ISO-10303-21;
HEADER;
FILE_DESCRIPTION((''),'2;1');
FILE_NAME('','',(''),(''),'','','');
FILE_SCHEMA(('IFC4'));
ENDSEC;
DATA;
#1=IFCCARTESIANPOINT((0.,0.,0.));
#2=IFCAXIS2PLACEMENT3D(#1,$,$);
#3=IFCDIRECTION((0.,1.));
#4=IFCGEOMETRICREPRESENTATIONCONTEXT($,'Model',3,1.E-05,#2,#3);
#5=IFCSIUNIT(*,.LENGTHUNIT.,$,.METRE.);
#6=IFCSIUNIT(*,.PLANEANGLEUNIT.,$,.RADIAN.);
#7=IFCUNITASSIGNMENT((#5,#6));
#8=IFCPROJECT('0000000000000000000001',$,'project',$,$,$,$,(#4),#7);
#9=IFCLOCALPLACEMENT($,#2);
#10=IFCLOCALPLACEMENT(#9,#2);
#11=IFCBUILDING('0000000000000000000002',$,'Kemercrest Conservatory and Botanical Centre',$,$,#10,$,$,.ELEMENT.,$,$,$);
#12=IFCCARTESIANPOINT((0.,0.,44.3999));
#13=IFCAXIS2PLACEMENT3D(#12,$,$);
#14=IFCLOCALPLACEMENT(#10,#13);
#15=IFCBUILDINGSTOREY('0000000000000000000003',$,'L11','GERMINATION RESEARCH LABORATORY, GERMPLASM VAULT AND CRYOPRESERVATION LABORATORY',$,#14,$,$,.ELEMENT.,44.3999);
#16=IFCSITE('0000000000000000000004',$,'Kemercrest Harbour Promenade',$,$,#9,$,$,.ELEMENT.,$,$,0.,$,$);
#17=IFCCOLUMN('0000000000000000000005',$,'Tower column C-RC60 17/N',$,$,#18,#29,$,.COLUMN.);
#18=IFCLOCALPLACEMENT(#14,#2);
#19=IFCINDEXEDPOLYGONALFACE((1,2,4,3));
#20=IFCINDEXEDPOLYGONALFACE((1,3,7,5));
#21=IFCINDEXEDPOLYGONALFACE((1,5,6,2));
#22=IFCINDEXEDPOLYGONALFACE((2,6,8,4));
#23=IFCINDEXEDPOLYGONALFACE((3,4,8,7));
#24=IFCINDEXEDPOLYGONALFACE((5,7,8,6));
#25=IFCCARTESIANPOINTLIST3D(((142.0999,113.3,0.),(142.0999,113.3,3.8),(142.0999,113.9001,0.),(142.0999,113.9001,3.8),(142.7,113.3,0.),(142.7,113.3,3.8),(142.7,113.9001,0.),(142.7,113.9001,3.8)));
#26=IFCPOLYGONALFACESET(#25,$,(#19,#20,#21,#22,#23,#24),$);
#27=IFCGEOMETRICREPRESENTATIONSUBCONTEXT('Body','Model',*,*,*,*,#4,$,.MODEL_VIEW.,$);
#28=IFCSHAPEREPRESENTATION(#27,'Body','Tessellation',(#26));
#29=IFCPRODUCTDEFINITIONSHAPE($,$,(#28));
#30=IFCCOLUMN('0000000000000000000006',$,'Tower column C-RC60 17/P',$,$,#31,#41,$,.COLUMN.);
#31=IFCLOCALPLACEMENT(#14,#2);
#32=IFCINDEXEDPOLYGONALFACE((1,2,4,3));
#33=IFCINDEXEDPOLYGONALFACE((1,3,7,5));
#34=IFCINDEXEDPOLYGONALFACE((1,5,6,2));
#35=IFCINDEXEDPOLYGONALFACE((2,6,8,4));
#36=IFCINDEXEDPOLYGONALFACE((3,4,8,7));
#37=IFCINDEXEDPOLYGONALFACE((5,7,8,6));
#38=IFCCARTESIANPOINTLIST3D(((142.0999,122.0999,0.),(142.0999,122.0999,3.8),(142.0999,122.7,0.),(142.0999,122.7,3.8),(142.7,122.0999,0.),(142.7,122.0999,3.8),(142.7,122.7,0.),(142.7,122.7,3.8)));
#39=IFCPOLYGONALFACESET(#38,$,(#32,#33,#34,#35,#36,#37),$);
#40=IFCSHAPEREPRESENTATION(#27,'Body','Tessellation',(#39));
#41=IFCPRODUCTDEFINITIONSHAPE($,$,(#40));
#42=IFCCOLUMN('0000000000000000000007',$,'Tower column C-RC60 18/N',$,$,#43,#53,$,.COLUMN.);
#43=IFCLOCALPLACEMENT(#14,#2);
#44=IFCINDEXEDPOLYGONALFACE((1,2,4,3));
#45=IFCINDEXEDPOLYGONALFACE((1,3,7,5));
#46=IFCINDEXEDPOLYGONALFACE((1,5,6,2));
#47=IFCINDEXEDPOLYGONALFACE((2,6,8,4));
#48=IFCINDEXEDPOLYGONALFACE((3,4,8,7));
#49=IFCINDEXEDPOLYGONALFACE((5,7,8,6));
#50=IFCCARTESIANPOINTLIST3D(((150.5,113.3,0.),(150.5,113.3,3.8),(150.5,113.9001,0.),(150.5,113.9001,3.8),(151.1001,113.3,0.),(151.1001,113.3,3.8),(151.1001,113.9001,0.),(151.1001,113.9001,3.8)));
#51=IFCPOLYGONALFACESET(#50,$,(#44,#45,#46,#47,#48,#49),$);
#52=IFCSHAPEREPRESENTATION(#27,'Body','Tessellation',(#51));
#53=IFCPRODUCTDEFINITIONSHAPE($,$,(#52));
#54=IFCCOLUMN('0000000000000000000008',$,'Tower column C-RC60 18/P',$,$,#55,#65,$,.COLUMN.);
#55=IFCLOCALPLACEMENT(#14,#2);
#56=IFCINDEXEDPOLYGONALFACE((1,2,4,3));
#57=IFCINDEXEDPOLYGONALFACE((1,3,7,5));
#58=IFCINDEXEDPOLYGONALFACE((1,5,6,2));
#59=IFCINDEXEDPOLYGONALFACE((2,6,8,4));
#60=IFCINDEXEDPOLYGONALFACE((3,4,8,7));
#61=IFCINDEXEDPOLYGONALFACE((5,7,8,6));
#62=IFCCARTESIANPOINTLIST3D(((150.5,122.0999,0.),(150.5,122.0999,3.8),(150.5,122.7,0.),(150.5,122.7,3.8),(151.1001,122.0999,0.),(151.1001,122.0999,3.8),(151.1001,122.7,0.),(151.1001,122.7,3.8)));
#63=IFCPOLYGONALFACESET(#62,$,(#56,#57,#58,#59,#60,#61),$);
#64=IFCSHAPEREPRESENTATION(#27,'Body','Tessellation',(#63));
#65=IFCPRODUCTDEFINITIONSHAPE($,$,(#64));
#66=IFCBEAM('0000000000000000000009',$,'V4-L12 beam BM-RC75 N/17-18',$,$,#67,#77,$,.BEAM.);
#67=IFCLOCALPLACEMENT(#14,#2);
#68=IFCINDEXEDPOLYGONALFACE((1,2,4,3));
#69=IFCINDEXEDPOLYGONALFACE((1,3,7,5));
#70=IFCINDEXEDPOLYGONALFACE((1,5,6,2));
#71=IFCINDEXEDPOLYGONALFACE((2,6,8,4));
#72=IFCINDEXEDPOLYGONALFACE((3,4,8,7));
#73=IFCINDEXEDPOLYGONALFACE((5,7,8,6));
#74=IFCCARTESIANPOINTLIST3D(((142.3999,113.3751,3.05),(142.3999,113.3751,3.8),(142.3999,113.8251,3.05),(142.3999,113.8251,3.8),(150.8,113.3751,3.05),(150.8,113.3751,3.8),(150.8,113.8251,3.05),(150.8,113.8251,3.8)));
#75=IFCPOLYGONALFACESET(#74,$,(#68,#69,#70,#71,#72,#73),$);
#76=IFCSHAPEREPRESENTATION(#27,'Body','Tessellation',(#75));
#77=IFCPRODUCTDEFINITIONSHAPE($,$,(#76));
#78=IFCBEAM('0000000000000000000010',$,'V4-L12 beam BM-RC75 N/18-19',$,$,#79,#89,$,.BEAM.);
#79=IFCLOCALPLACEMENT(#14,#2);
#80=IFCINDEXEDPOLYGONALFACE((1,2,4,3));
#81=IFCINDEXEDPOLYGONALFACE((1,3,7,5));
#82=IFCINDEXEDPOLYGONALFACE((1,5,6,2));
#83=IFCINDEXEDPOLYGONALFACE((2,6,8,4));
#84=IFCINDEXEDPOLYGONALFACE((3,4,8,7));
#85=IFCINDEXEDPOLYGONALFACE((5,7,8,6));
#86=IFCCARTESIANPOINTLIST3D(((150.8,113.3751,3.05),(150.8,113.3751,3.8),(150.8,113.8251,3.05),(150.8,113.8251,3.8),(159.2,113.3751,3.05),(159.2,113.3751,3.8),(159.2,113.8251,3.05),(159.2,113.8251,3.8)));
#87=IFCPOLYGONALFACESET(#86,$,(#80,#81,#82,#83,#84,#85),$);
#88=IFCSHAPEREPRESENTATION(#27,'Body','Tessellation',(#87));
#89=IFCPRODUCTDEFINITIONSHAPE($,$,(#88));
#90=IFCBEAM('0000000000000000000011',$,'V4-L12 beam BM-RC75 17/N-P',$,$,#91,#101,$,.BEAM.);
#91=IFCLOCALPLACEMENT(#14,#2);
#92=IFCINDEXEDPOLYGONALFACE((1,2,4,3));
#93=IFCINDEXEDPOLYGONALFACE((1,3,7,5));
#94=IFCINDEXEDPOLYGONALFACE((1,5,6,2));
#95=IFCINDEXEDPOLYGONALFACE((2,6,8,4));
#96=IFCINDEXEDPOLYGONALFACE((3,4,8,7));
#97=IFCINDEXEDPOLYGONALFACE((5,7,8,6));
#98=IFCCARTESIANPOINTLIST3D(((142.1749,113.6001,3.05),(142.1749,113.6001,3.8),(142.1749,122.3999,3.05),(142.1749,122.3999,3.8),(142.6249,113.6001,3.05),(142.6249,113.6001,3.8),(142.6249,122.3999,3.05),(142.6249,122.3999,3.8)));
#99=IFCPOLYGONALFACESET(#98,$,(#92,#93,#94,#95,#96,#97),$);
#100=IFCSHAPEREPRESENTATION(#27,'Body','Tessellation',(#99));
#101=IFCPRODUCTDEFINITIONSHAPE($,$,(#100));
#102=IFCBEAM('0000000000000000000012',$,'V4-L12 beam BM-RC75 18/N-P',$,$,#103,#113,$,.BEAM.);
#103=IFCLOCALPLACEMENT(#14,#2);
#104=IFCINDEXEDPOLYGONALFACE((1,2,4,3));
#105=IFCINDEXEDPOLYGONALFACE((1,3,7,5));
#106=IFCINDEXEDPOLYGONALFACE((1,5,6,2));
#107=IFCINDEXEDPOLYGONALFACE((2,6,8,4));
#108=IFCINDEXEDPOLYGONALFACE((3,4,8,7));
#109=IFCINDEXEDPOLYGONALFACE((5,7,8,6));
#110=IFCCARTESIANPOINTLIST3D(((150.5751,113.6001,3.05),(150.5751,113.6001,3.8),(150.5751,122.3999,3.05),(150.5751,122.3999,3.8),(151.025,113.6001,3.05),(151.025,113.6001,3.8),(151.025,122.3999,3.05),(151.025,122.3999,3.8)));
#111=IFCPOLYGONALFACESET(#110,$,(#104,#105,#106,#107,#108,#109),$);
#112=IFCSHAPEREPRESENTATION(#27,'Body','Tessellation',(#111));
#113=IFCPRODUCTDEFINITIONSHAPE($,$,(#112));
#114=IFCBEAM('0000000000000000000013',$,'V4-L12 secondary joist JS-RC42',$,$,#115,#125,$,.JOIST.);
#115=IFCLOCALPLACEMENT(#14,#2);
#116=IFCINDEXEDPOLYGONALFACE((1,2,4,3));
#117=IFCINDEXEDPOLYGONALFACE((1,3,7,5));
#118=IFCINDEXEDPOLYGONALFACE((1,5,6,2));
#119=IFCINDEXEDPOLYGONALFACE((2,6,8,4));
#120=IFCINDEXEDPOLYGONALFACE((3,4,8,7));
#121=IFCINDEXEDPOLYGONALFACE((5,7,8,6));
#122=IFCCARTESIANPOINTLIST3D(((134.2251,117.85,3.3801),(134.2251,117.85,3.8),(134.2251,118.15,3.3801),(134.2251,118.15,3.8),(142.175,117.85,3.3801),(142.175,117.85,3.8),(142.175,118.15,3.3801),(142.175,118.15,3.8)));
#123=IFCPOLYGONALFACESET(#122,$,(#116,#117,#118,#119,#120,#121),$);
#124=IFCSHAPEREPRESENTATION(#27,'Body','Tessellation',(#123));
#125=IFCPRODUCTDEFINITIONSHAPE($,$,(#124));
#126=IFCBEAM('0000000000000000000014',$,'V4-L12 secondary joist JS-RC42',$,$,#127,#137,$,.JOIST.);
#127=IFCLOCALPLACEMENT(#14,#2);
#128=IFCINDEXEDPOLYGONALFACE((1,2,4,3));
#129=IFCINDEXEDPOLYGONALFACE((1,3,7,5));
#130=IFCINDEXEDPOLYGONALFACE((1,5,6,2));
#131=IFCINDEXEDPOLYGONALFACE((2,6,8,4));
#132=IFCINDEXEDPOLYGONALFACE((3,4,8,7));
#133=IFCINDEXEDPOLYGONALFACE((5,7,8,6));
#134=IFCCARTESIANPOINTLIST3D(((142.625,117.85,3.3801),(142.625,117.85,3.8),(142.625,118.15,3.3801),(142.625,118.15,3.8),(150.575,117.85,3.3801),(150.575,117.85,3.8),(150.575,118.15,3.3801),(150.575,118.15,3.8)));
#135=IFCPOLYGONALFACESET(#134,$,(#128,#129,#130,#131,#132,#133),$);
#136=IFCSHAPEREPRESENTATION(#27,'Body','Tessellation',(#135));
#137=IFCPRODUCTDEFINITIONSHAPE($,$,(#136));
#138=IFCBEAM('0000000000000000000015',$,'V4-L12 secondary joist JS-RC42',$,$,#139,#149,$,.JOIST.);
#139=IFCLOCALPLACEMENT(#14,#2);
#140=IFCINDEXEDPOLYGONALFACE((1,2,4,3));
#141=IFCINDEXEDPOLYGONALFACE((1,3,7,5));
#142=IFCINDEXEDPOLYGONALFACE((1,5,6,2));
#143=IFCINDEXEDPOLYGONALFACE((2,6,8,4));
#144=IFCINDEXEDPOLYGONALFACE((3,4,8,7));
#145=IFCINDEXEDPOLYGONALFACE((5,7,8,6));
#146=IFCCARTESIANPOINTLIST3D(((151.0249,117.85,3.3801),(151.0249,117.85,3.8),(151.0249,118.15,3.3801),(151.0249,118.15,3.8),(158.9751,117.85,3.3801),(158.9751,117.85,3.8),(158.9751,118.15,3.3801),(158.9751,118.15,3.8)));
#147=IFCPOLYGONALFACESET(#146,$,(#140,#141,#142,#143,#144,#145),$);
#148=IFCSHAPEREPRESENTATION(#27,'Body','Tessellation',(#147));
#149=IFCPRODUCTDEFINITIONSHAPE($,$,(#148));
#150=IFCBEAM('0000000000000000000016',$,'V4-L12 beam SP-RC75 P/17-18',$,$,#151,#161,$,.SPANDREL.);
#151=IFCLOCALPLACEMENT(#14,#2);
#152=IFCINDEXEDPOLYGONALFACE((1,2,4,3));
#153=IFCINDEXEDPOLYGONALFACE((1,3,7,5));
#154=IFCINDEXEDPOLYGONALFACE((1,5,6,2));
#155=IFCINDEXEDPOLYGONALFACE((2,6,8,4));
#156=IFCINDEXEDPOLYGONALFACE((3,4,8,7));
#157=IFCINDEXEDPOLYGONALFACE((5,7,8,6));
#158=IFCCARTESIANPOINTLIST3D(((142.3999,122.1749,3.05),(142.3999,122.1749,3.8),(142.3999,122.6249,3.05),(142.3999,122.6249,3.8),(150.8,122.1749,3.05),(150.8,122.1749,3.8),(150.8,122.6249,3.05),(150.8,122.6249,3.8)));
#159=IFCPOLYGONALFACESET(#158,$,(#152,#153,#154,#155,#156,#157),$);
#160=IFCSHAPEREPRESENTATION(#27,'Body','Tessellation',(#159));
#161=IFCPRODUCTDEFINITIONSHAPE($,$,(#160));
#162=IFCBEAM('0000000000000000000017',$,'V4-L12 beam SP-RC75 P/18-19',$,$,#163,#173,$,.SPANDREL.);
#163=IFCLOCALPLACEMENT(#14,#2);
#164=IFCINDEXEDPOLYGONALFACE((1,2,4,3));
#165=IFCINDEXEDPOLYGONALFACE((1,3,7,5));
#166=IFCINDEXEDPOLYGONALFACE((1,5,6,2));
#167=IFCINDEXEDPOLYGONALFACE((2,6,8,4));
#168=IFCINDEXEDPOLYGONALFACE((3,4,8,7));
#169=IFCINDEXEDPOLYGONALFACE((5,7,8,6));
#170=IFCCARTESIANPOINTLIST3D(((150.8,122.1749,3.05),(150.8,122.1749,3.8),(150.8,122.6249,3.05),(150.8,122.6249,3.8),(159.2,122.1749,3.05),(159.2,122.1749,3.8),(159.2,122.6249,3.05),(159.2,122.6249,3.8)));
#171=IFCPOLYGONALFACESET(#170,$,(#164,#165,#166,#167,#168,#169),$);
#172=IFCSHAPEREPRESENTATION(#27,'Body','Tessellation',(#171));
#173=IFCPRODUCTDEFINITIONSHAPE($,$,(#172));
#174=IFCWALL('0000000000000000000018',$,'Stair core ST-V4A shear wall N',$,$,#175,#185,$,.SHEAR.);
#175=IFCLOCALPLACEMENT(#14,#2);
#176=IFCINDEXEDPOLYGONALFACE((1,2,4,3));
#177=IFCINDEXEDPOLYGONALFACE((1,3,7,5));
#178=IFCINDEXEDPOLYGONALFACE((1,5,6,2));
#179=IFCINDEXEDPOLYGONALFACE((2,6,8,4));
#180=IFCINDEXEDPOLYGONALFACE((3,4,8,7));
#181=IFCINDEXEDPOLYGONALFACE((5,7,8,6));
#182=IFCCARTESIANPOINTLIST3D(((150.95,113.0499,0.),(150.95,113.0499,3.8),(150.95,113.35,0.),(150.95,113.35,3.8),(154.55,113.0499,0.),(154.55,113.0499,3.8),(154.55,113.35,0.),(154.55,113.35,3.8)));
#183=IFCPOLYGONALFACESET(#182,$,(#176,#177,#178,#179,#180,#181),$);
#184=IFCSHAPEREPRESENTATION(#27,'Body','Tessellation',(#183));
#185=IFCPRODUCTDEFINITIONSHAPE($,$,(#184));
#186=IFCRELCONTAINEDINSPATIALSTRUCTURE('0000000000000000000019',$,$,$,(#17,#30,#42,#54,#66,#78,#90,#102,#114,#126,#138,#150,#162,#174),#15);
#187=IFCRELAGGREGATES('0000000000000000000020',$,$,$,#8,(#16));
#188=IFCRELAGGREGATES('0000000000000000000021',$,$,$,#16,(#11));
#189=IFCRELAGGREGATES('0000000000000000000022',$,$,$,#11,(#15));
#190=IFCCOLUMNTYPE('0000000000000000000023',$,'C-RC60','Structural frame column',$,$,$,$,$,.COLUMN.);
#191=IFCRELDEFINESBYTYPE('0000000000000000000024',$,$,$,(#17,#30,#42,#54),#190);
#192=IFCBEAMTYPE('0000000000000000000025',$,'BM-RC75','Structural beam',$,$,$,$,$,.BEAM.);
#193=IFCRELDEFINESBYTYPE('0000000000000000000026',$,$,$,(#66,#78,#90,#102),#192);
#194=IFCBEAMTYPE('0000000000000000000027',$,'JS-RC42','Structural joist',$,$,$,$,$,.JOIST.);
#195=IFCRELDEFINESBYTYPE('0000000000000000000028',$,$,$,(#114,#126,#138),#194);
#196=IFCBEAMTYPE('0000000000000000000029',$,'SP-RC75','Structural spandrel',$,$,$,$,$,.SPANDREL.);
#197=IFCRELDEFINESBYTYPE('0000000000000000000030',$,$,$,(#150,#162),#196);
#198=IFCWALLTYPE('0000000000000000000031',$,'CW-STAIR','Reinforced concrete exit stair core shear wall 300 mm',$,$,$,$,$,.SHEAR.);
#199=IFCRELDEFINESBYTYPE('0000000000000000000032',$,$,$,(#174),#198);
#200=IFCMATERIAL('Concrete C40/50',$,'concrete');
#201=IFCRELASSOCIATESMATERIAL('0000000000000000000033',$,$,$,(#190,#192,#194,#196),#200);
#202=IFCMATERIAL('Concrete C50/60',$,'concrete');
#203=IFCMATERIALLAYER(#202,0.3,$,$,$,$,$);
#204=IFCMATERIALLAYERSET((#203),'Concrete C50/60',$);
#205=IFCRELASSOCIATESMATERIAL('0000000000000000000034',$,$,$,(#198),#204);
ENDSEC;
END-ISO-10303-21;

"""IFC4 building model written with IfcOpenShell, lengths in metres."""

from ifc_helpers import new_model, si_unit, direction, frame, frame_2d, origin, origin_2d, place, context, subcontext, project, spatial, rectangle, extrude, material, layer, layer_set, material_profile, profile_set, type_object, element, save


model = new_model("IFC4")

# Units and contexts
model_context = context("Model", 3, precision=1e-05, world=origin(), true_north=direction((0.0, 1.0)))
body_context = subcontext(model_context, "Body", "Model", "MODEL_VIEW")
ifc_project = project(units=[si_unit("LENGTHUNIT", "METRE"), si_unit("PLANEANGLEUNIT", "RADIAN")], contexts=[model_context])

# Site, building, storey
site_placement = place(None, origin())
site = spatial("IfcSite", under=ifc_project, at=site_placement, Name="Kemercrest Harbour Promenade", CompositionType="ELEMENT", RefElevation=0.0)
building_placement = place(site_placement, origin())
building = spatial("IfcBuilding", under=site, at=building_placement, Name="Kemercrest Conservatory and Botanical Centre", CompositionType="ELEMENT")
storey_placement = place(building_placement, frame((0.0, 0.0, 44.3999)))
storey = spatial("IfcBuildingStorey", under=building, at=storey_placement, Name="L11", Description="GERMINATION RESEARCH LABORATORY, GERMPLASM VAULT AND CRYOPRESERVATION LABORATORY", CompositionType="ELEMENT", Elevation=44.3999)

# Columns
ifc_material_1 = material(Name="Concrete C40/50", Category="concrete")
ifc_material_profile_1 = material_profile(ifc_material_1, rectangle(XDim=0.6001, YDim=0.6001, at=origin_2d()), Name="RC 600x600")
ifc_profile_set_1 = profile_set([ifc_material_profile_1], Name="Concrete C40/50")
column_type = type_object("IfcColumnType", Name="C-RC60", Description="Structural frame column", PredefinedType="COLUMN", material=ifc_profile_set_1)
for number, where, z_axis, x_axis, name in (
    (1, (142.3999, 113.6001, 0.0), (0.0, 0.0, 1.0), (1.0, 0.0, 0.0), "Tower column C-RC60 17/N"),
    (2, (142.3999, 122.3999, 0.0), (0.0, 0.0, 1.0), (1.0, 0.0, 0.0), "Tower column C-RC60 17/P"),
    (3, (150.8, 113.6001, 0.0), (0.0, 0.0, 1.0), (1.0, 0.0, 0.0), "Tower column C-RC60 18/N"),
    (4, (150.8, 122.3999, 0.0), (0.0, 0.0, 1.0), (1.0, 0.0, 0.0), "Tower column C-RC60 18/P"),
):
    element("IfcColumn", number, at=place(storey_placement, frame(where, z_axis=z_axis, x_axis=x_axis)), inside=storey, type_object=column_type, Name=name, PredefinedType="COLUMN", context=body_context, shape_type="SweptSolid", body=[
        extrude(rectangle(XDim=0.6001, YDim=0.6001, at=origin_2d()), origin(), (0.0, 0.0, 1.0), 3.8),
    ])

# Beams
ifc_material_profile_2 = material_profile(ifc_material_1, rectangle(XDim=0.45, YDim=0.75, at=origin_2d()), Name="RC 450x750")
ifc_profile_set_2 = profile_set([ifc_material_profile_2], Name="Concrete C40/50")
beam_type_1 = type_object("IfcBeamType", Name="BM-RC75", Description="Structural beam", PredefinedType="BEAM", material=ifc_profile_set_2)
beam_1_placement = place(storey_placement, frame((142.3999, 113.6001, 3.425), z_axis=(1.0, 0.0, 0.0), x_axis=(0.0, 1.0, 0.0)))
element("IfcBeam", 5, at=beam_1_placement, inside=storey, type_object=beam_type_1, Name="V4-L12 beam BM-RC75 N/17-18", PredefinedType="BEAM", context=body_context, shape_type="SweptSolid", body=[
    extrude(rectangle(XDim=0.45, YDim=0.75, at=origin_2d()), origin(), (0.0, 0.0, 1.0), 8.4001),
])
beam_2_placement = place(storey_placement, frame((150.8, 113.6001, 3.425), z_axis=(1.0, 0.0, 0.0), x_axis=(0.0, 1.0, 0.0)))
element("IfcBeam", 6, at=beam_2_placement, inside=storey, type_object=beam_type_1, Name="V4-L12 beam BM-RC75 N/18-19", PredefinedType="BEAM", context=body_context, shape_type="SweptSolid", body=[
    extrude(rectangle(XDim=0.45, YDim=0.75, at=origin_2d()), origin(), (0.0, 0.0, 1.0), 8.3999),
])
for number, where, z_axis, x_axis, name in (
    (7, (142.3999, 113.6001, 3.425), (0.0, 1.0, 0.0), (-1.0, 0.0, 0.0), "V4-L12 beam BM-RC75 17/N-P"),
    (8, (150.8, 113.6001, 3.425), (0.0, 1.0, 0.0), (-1.0, 0.0, 0.0), "V4-L12 beam BM-RC75 18/N-P"),
):
    element("IfcBeam", number, at=place(storey_placement, frame(where, z_axis=z_axis, x_axis=x_axis)), inside=storey, type_object=beam_type_1, Name=name, PredefinedType="BEAM", context=body_context, shape_type="SweptSolid", body=[
        extrude(rectangle(XDim=0.45, YDim=0.75, at=origin_2d()), origin(), (0.0, 0.0, 1.0), 8.7998),
    ])
ifc_material_profile_3 = material_profile(ifc_material_1, rectangle(XDim=0.3, YDim=0.4199, at=origin_2d()), Name="RC 300x420")
ifc_profile_set_3 = profile_set([ifc_material_profile_3], Name="Concrete C40/50")
beam_type_2 = type_object("IfcBeamType", Name="JS-RC42", Description="Structural joist", PredefinedType="JOIST", material=ifc_profile_set_3)
for number, where, z_axis, x_axis, name in (
    (9, (134.2251, 118.0, 3.5901), (1.0, 0.0, 0.0), (0.0, 1.0, 0.0), "V4-L12 secondary joist JS-RC42"),
    (10, (142.625, 118.0, 3.5901), (1.0, 0.0, 0.0), (0.0, 1.0, 0.0), "V4-L12 secondary joist JS-RC42"),
):
    element("IfcBeam", number, at=place(storey_placement, frame(where, z_axis=z_axis, x_axis=x_axis)), inside=storey, type_object=beam_type_2, Name=name, PredefinedType="JOIST", context=body_context, shape_type="SweptSolid", body=[
        extrude(rectangle(XDim=0.3, YDim=0.4199, at=origin_2d()), origin(), (0.0, 0.0, 1.0), 7.95),
    ])
beam_3_placement = place(storey_placement, frame((151.0249, 118.0, 3.5901), z_axis=(1.0, 0.0, 0.0), x_axis=(0.0, 1.0, 0.0)))
element("IfcBeam", 11, at=beam_3_placement, inside=storey, type_object=beam_type_2, Name="V4-L12 secondary joist JS-RC42", PredefinedType="JOIST", context=body_context, shape_type="SweptSolid", body=[
    extrude(rectangle(XDim=0.3, YDim=0.4199, at=origin_2d()), origin(), (0.0, 0.0, 1.0), 7.9502),
])
ifc_material_profile_4 = material_profile(ifc_material_1, rectangle(XDim=0.45, YDim=0.75, at=origin_2d()), Name="RC 450x750")
ifc_profile_set_4 = profile_set([ifc_material_profile_4], Name="Concrete C40/50")
beam_type_3 = type_object("IfcBeamType", Name="SP-RC75", Description="Structural spandrel", PredefinedType="SPANDREL", material=ifc_profile_set_4)
beam_4_placement = place(storey_placement, frame((142.3999, 122.3999, 3.425), z_axis=(1.0, 0.0, 0.0), x_axis=(0.0, 1.0, 0.0)))
element("IfcBeam", 12, at=beam_4_placement, inside=storey, type_object=beam_type_3, Name="V4-L12 beam SP-RC75 P/17-18", PredefinedType="SPANDREL", context=body_context, shape_type="SweptSolid", body=[
    extrude(rectangle(XDim=0.45, YDim=0.75, at=origin_2d()), origin(), (0.0, 0.0, 1.0), 8.4001),
])
beam_5_placement = place(storey_placement, frame((150.8, 122.3999, 3.425), z_axis=(1.0, 0.0, 0.0), x_axis=(0.0, 1.0, 0.0)))
element("IfcBeam", 13, at=beam_5_placement, inside=storey, type_object=beam_type_3, Name="V4-L12 beam SP-RC75 P/18-19", PredefinedType="SPANDREL", context=body_context, shape_type="SweptSolid", body=[
    extrude(rectangle(XDim=0.45, YDim=0.75, at=origin_2d()), origin(), (0.0, 0.0, 1.0), 8.3999),
])

# Wall
ifc_material_2 = material(Name="Concrete C50/60", Category="concrete")
ifc_layer_1 = layer(ifc_material_2, 0.3)
ifc_layer_set_1 = layer_set([ifc_layer_1], Name="Concrete C50/60")
wall_type_1 = type_object("IfcWallType", Name="CW-STAIR", Description="Reinforced concrete exit stair core shear wall 300 mm", PredefinedType="SHEAR", material=ifc_layer_set_1)
wall_1_placement = place(storey_placement, frame((150.95, 113.2, 0.0), z_axis=(0.0, 0.0, 1.0), x_axis=(1.0, 0.0, 0.0)))
element("IfcWall", 14, at=wall_1_placement, inside=storey, type_object=wall_type_1, Name="Stair core ST-V4A shear wall N", PredefinedType="SHEAR", context=body_context, shape_type="SweptSolid", body=[
    extrude(rectangle(XDim=3.6001, YDim=0.3, at=frame_2d((1.8, 0.0))), origin(), (0.0, 0.0, 1.0), 3.8),
])

save(model, "model.ifc")
